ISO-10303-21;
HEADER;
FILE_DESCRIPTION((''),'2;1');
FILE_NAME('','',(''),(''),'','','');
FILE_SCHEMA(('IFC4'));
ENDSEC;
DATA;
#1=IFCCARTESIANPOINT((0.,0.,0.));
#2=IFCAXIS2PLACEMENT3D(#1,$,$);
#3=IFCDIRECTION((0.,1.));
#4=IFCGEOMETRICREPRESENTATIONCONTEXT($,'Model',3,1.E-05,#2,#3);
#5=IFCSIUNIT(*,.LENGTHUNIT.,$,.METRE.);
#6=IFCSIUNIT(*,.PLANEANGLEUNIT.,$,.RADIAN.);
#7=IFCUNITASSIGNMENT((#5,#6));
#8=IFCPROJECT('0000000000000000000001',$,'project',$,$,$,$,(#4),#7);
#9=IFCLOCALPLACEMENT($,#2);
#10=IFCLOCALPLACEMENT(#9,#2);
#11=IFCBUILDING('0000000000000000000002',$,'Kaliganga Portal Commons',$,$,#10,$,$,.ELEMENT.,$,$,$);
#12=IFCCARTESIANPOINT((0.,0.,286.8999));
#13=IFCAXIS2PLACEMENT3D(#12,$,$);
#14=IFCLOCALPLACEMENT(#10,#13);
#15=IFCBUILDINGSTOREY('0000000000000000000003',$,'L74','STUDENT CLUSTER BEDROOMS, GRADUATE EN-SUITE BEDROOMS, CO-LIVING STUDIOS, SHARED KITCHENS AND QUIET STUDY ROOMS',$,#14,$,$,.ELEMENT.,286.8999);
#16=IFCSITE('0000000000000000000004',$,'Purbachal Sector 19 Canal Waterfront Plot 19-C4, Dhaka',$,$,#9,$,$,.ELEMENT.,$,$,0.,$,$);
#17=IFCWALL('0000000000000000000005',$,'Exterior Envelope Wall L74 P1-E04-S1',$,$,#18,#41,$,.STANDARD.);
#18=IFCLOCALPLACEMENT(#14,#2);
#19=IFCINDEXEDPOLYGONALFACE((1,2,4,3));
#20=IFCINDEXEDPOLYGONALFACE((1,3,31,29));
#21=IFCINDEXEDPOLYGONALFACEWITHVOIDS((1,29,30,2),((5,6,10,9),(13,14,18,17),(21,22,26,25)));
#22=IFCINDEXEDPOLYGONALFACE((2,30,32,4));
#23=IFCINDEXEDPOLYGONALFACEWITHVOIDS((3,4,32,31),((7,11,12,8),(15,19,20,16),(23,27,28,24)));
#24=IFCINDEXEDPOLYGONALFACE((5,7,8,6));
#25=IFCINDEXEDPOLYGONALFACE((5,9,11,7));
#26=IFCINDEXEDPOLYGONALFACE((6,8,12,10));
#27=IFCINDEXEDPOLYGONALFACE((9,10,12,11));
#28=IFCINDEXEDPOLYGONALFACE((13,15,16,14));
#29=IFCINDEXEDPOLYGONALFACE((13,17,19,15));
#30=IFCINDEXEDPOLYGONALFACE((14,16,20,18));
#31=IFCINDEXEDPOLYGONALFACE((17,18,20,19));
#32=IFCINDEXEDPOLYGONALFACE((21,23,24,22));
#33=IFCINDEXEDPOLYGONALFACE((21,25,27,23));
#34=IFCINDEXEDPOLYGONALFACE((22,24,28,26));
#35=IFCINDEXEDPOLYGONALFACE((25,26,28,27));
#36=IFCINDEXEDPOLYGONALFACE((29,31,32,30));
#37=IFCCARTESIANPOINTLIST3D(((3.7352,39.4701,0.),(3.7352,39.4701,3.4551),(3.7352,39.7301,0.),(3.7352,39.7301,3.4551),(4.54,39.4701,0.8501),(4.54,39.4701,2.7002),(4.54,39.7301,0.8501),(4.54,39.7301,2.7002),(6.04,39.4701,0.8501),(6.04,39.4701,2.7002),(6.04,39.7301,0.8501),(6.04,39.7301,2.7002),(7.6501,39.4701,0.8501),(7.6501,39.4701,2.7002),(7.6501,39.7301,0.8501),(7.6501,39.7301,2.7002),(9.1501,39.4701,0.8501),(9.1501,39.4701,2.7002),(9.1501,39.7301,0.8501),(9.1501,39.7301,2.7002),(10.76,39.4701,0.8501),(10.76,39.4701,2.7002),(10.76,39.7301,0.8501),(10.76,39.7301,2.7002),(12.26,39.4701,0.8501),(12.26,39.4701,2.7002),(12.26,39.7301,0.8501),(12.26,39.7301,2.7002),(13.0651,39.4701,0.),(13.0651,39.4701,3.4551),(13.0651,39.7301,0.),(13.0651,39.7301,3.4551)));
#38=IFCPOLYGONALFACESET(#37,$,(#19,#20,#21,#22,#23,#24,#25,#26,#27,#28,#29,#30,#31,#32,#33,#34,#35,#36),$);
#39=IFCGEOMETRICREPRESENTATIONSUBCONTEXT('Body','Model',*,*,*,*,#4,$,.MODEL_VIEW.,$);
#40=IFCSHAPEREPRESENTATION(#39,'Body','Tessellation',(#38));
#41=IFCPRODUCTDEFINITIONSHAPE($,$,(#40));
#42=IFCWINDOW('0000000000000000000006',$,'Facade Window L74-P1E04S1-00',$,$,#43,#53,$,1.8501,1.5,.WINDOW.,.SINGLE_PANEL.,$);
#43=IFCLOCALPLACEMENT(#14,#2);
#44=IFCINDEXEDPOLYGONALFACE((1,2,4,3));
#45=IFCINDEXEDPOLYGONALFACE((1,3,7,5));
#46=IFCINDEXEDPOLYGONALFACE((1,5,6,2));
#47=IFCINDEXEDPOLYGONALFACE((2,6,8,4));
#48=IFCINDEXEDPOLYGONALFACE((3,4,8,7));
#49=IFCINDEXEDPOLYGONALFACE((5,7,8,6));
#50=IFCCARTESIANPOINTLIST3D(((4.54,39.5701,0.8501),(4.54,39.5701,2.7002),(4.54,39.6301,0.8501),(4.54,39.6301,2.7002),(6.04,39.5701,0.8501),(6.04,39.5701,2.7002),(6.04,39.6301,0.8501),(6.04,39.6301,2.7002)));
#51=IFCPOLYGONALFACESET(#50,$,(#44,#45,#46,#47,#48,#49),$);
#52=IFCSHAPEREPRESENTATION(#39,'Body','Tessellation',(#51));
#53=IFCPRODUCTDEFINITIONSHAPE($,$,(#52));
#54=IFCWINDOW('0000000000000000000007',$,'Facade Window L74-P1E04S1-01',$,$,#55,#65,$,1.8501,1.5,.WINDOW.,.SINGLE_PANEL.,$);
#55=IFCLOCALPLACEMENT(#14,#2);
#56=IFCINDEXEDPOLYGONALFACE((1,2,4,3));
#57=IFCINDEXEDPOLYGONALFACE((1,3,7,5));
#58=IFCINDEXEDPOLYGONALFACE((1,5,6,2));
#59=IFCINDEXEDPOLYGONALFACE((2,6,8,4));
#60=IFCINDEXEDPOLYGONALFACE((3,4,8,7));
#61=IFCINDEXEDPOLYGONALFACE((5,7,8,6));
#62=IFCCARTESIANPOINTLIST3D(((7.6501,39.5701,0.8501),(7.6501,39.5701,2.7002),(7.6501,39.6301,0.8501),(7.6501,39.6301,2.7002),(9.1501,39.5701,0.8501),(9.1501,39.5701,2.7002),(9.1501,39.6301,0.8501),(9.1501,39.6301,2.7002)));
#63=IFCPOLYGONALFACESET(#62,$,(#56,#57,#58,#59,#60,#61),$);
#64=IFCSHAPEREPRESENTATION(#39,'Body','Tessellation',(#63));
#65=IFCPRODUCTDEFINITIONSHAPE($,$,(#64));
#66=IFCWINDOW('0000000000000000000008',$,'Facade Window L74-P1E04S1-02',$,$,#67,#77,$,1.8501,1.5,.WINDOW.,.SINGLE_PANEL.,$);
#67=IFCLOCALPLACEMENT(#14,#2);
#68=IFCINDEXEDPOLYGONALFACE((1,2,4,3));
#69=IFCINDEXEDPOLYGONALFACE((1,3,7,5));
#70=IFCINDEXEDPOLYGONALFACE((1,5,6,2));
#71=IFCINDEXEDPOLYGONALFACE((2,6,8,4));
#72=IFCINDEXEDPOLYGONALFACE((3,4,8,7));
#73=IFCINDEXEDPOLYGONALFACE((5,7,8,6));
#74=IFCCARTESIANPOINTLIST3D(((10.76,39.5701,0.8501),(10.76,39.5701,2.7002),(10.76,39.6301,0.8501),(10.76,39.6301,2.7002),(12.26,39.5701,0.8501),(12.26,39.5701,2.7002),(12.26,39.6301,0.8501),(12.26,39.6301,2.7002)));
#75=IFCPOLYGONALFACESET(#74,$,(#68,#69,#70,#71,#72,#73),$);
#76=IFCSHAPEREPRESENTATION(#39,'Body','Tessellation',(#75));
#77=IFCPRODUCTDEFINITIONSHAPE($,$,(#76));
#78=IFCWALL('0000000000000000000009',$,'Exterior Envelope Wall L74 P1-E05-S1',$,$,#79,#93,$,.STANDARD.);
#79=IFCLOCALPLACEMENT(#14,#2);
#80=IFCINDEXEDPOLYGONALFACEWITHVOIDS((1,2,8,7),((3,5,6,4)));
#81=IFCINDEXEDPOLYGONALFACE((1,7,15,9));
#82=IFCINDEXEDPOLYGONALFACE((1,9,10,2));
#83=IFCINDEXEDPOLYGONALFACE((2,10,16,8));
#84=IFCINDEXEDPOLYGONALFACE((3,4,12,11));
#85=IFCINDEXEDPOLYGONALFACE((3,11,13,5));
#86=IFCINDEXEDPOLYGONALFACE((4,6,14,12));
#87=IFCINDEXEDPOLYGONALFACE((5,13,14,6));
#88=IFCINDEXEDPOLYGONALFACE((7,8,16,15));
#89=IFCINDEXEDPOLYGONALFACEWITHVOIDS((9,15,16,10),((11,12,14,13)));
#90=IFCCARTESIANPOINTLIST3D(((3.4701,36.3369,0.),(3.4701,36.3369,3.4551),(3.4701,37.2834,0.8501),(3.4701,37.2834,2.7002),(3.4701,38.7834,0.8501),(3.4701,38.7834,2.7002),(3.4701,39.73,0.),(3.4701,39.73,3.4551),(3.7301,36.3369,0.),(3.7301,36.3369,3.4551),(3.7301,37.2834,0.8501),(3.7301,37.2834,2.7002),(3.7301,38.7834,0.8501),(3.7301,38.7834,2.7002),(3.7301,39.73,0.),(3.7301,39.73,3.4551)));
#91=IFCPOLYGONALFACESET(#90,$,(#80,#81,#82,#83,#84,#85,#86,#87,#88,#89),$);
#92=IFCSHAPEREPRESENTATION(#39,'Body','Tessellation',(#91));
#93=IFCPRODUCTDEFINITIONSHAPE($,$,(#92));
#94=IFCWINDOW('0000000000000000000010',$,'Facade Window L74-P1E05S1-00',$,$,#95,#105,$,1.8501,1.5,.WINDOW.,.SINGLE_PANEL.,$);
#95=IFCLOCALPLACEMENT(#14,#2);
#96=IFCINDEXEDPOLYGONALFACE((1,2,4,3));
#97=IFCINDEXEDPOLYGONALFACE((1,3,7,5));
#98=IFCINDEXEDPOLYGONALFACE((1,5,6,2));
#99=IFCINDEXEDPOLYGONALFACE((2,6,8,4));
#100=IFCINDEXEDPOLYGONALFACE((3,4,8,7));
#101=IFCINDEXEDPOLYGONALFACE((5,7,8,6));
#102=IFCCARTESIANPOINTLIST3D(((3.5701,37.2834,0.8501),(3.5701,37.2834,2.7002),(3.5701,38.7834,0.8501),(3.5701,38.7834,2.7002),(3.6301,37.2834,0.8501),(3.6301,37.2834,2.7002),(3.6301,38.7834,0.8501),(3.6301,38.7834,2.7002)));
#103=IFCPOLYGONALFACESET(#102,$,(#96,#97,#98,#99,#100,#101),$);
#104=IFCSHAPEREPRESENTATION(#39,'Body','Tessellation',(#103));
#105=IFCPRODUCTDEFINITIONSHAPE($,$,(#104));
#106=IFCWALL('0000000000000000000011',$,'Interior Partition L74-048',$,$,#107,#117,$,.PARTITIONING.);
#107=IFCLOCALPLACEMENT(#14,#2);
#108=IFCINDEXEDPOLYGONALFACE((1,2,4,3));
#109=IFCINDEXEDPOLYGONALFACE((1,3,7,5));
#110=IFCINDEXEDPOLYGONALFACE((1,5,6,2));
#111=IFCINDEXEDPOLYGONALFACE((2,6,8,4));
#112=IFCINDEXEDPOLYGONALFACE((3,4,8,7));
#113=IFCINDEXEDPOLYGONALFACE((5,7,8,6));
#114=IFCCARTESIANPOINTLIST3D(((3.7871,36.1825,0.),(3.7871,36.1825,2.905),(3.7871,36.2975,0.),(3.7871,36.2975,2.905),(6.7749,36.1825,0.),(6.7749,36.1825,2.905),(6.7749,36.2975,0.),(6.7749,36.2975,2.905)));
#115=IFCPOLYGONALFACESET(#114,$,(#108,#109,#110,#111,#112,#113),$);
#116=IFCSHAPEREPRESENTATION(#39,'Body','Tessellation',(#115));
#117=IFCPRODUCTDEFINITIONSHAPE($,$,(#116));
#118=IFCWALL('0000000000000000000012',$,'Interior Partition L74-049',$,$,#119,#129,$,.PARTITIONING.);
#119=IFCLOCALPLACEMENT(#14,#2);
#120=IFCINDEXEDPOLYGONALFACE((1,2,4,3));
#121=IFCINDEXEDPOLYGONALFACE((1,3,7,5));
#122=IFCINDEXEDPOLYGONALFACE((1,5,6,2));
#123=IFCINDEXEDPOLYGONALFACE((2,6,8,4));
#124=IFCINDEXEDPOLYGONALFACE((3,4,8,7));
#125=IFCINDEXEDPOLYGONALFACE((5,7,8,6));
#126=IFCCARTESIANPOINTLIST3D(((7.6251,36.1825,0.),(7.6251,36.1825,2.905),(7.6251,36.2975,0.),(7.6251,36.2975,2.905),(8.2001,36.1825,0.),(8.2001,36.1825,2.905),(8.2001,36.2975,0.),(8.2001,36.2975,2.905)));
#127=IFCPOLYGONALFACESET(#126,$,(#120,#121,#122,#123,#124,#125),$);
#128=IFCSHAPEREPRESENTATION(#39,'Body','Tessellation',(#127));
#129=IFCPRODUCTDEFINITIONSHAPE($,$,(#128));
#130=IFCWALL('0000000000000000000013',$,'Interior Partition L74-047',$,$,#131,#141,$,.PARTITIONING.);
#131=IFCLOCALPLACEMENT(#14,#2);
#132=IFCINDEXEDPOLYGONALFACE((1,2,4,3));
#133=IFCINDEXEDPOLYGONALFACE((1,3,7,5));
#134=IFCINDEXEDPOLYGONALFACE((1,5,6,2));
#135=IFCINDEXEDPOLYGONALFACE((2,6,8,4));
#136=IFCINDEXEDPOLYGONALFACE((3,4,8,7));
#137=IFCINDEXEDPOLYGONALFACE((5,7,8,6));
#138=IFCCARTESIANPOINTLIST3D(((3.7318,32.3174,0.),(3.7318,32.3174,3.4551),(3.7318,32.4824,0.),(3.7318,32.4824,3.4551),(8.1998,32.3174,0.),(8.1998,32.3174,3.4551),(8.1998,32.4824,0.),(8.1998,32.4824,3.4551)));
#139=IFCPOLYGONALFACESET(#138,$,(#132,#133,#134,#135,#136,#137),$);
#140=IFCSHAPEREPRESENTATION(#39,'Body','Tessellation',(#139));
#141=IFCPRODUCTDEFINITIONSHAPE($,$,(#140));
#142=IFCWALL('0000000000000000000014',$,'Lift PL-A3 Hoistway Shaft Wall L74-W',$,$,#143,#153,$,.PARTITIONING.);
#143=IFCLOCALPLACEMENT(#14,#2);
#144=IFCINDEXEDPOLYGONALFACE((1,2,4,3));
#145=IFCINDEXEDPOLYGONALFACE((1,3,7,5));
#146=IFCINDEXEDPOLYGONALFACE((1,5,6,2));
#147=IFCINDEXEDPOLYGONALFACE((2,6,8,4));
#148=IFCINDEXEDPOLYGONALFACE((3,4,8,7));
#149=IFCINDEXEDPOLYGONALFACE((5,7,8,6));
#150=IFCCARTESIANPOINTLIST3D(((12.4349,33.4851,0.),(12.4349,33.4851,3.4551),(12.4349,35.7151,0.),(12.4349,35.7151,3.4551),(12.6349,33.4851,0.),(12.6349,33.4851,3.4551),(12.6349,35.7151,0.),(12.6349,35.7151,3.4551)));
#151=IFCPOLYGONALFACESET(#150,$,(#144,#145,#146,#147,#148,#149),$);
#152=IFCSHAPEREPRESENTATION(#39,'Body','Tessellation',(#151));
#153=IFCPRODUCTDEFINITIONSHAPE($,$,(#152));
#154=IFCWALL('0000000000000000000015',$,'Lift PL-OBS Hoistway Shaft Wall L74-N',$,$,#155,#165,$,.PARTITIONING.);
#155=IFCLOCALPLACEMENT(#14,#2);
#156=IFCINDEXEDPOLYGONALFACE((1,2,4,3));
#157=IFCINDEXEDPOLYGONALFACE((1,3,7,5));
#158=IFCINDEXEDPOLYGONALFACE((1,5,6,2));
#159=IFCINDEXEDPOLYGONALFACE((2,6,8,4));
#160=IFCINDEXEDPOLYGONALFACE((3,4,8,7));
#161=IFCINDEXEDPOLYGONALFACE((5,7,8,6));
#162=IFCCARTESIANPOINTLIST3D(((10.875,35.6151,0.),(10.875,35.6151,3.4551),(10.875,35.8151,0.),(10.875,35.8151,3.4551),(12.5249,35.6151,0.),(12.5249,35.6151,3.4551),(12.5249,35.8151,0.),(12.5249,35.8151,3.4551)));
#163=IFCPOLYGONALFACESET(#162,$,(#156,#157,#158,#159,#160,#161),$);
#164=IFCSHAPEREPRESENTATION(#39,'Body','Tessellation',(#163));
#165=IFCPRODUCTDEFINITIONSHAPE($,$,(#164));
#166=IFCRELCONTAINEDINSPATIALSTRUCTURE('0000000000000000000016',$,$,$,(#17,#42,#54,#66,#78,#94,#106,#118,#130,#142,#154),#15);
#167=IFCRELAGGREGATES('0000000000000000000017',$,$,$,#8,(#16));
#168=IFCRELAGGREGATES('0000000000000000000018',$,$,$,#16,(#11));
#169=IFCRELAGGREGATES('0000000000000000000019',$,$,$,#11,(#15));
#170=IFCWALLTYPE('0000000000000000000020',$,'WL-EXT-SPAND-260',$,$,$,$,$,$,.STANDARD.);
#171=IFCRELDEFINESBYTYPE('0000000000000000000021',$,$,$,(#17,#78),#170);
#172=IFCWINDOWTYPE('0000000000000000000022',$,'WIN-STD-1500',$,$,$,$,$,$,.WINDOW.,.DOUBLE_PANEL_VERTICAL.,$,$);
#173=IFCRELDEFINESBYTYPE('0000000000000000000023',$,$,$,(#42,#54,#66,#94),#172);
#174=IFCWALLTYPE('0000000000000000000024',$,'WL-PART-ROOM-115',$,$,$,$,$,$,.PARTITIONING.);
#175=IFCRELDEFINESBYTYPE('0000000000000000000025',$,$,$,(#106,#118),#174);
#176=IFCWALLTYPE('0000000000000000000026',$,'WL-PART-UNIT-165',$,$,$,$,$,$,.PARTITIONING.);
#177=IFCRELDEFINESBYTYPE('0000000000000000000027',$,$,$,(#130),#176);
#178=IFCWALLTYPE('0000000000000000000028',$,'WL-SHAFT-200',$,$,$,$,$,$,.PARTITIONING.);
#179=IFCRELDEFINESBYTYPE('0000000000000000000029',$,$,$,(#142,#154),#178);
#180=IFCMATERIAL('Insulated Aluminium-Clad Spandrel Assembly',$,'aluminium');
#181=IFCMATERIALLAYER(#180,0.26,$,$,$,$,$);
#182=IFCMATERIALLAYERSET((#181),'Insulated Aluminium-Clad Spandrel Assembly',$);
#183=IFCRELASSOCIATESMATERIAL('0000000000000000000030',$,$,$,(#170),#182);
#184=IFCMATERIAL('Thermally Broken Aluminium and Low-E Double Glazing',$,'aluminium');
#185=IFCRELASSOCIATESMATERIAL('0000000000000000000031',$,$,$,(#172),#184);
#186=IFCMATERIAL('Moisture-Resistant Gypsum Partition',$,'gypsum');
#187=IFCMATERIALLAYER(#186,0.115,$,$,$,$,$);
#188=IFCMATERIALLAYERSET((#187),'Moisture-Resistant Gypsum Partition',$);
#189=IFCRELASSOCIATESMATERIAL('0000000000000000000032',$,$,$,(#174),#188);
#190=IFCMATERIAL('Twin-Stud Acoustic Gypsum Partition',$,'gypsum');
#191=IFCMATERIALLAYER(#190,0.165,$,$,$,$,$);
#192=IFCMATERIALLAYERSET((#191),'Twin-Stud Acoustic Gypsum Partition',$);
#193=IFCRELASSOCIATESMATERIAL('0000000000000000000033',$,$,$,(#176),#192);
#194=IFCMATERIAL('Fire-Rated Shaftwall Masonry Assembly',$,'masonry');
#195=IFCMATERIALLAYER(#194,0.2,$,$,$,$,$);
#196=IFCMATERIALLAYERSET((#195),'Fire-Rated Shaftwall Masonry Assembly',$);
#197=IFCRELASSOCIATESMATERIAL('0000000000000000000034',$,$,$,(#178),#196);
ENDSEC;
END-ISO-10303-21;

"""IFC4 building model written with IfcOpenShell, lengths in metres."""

from ifc_helpers import new_model, si_unit, direction, frame, frame_2d, origin, place, context, subcontext, project, spatial, rectangle, extrude, material, layer, layer_set, type_object, element, fill, save


model = new_model("IFC4")

# Units and contexts
model_context = context("Model", 3, precision=1e-05, world=origin(), true_north=direction((0.0, 1.0)))
body_context = subcontext(model_context, "Body", "Model", "MODEL_VIEW")
ifc_project = project(units=[si_unit("LENGTHUNIT", "METRE"), si_unit("PLANEANGLEUNIT", "RADIAN")], contexts=[model_context])

# Site, building, storey
site_placement = place(None, origin())
site = spatial("IfcSite", under=ifc_project, at=site_placement, Name="Purbachal Sector 19 Canal Waterfront Plot 19-C4, Dhaka", CompositionType="ELEMENT", RefElevation=0.0)
building_placement = place(site_placement, origin())
building = spatial("IfcBuilding", under=site, at=building_placement, Name="Kaliganga Portal Commons", CompositionType="ELEMENT")
storey_placement = place(building_placement, frame((0.0, 0.0, 286.8999)))
storey = spatial("IfcBuildingStorey", under=building, at=storey_placement, Name="L74", Description="STUDENT CLUSTER BEDROOMS, GRADUATE EN-SUITE BEDROOMS, CO-LIVING STUDIOS, SHARED KITCHENS AND QUIET STUDY ROOMS", CompositionType="ELEMENT", Elevation=286.8999)

# Wall, openings, windows
ifc_material_1 = material(Name="Insulated Aluminium-Clad Spandrel Assembly", Category="aluminium")
ifc_layer_1 = layer(ifc_material_1, 0.26)
ifc_layer_set_1 = layer_set([ifc_layer_1], Name="Insulated Aluminium-Clad Spandrel Assembly")
wall_type_1 = type_object("IfcWallType", Name="WL-EXT-SPAND-260", PredefinedType="STANDARD", material=ifc_layer_set_1)
wall_1_placement = place(storey_placement, frame((3.7351, 39.6001, 0.0), z_axis=(0.0, 0.0, 1.0), x_axis=(1.0, 0.0, 0.0)))
wall_1 = element("IfcWall", 1, at=wall_1_placement, inside=storey, type_object=wall_type_1, Name="Exterior Envelope Wall L74 P1-E04-S1", PredefinedType="STANDARD", context=body_context, shape_type="SweptSolid", body=[
    extrude(rectangle(XDim=9.3298, YDim=0.26, at=frame_2d((4.665, 0.0))), origin(), (0.0, 0.0, 1.0), 3.4551),
])
opening_1_placement = place(wall_1_placement, frame((0.8049, 0.0, 0.8501)))
opening_1 = element("IfcOpeningElement", 2, at=opening_1_placement, cuts=wall_1, PredefinedType="OPENING", context=body_context, shape_type="SweptSolid", body=[
    extrude(rectangle(XDim=1.5, YDim=1.8501, at=frame_2d((0.75, 0.925))), frame((0.0, 0.1401, 0.0), z_axis=(0.0, -1.0, 0.0), x_axis=(1.0, 0.0, 0.0)), (0.0, 0.0, 1.0), 0.28),
])
opening_2_placement = place(wall_1_placement, frame((3.915, 0.0, 0.8501)))
opening_2 = element("IfcOpeningElement", 3, at=opening_2_placement, cuts=wall_1, PredefinedType="OPENING", context=body_context, shape_type="SweptSolid", body=[
    extrude(rectangle(XDim=1.5, YDim=1.8501, at=frame_2d((0.75, 0.925))), frame((0.0, 0.1401, 0.0), z_axis=(0.0, -1.0, 0.0), x_axis=(1.0, 0.0, 0.0)), (0.0, 0.0, 1.0), 0.28),
])
opening_3_placement = place(wall_1_placement, frame((7.0249, 0.0, 0.8501)))
opening_3 = element("IfcOpeningElement", 4, at=opening_3_placement, cuts=wall_1, PredefinedType="OPENING", context=body_context, shape_type="SweptSolid", body=[
    extrude(rectangle(XDim=1.5, YDim=1.8501, at=frame_2d((0.75, 0.925))), frame((0.0, 0.1401, 0.0), z_axis=(0.0, -1.0, 0.0), x_axis=(1.0, 0.0, 0.0)), (0.0, 0.0, 1.0), 0.28),
])
ifc_material_2 = material(Name="Thermally Broken Aluminium and Low-E Double Glazing", Category="aluminium")
window_type = type_object("IfcWindowType", Name="WIN-STD-1500", PartitioningType="DOUBLE_PANEL_VERTICAL", PredefinedType="WINDOW", material=ifc_material_2)
window_1_placement = place(opening_1_placement, origin())
window_1 = element("IfcWindow", 5, at=window_1_placement, inside=storey, type_object=window_type, Name="Facade Window L74-P1E04S1-00", OverallHeight=1.8501, OverallWidth=1.5, PartitioningType="SINGLE_PANEL", PredefinedType="WINDOW", context=body_context, shape_type="SweptSolid", body=[
    extrude(rectangle(XDim=1.5, YDim=1.8501, at=frame_2d((0.75, 0.925))), frame((0.0, 0.03, 0.0), z_axis=(0.0, -1.0, 0.0), x_axis=(1.0, 0.0, 0.0)), (0.0, 0.0, 1.0), 0.0601),
])
fill(opening_1, window_1)
window_2_placement = place(opening_2_placement, origin())
window_2 = element("IfcWindow", 6, at=window_2_placement, inside=storey, type_object=window_type, Name="Facade Window L74-P1E04S1-01", OverallHeight=1.8501, OverallWidth=1.5, PartitioningType="SINGLE_PANEL", PredefinedType="WINDOW", context=body_context, shape_type="SweptSolid", body=[
    extrude(rectangle(XDim=1.5, YDim=1.8501, at=frame_2d((0.75, 0.925))), frame((0.0, 0.03, 0.0), z_axis=(0.0, -1.0, 0.0), x_axis=(1.0, 0.0, 0.0)), (0.0, 0.0, 1.0), 0.0601),
])
fill(opening_2, window_2)
window_3_placement = place(opening_3_placement, origin())
window_3 = element("IfcWindow", 7, at=window_3_placement, inside=storey, type_object=window_type, Name="Facade Window L74-P1E04S1-02", OverallHeight=1.8501, OverallWidth=1.5, PartitioningType="SINGLE_PANEL", PredefinedType="WINDOW", context=body_context, shape_type="SweptSolid", body=[
    extrude(rectangle(XDim=1.5, YDim=1.8501, at=frame_2d((0.75, 0.925))), frame((0.0, 0.03, 0.0), z_axis=(0.0, -1.0, 0.0), x_axis=(1.0, 0.0, 0.0)), (0.0, 0.0, 1.0), 0.0601),
])
fill(opening_3, window_3)

# Wall, opening, window
wall_2_placement = place(storey_placement, frame((3.6001, 36.3369, 0.0), z_axis=(0.0, 0.0, 1.0), x_axis=(0.0, 1.0, 0.0)))
wall_2 = element("IfcWall", 8, at=wall_2_placement, inside=storey, type_object=wall_type_1, Name="Exterior Envelope Wall L74 P1-E05-S1", PredefinedType="STANDARD", context=body_context, shape_type="SweptSolid", body=[
    extrude(rectangle(XDim=3.3931, YDim=0.26, at=frame_2d((1.6965, 0.0))), origin(), (0.0, 0.0, 1.0), 3.4551),
])
opening_4_placement = place(wall_2_placement, frame((0.9465, 0.0, 0.8501)))
opening_4 = element("IfcOpeningElement", 9, at=opening_4_placement, cuts=wall_2, PredefinedType="OPENING", context=body_context, shape_type="SweptSolid", body=[
    extrude(rectangle(XDim=1.5, YDim=1.8501, at=frame_2d((0.75, 0.925))), frame((0.0, 0.1401, 0.0), z_axis=(0.0, -1.0, 0.0), x_axis=(1.0, 0.0, 0.0)), (0.0, 0.0, 1.0), 0.28),
])
window_4_placement = place(opening_4_placement, origin())
window_4 = element("IfcWindow", 10, at=window_4_placement, inside=storey, type_object=window_type, Name="Facade Window L74-P1E05S1-00", OverallHeight=1.8501, OverallWidth=1.5, PartitioningType="SINGLE_PANEL", PredefinedType="WINDOW", context=body_context, shape_type="SweptSolid", body=[
    extrude(rectangle(XDim=1.5, YDim=1.8501, at=frame_2d((0.75, 0.925))), frame((0.0, 0.03, 0.0), z_axis=(0.0, -1.0, 0.0), x_axis=(1.0, 0.0, 0.0)), (0.0, 0.0, 1.0), 0.0601),
])
fill(opening_4, window_4)

# Walls
ifc_material_3 = material(Name="Moisture-Resistant Gypsum Partition", Category="gypsum")
ifc_layer_2 = layer(ifc_material_3, 0.115)
ifc_layer_set_2 = layer_set([ifc_layer_2], Name="Moisture-Resistant Gypsum Partition")
wall_type_2 = type_object("IfcWallType", Name="WL-PART-ROOM-115", PredefinedType="PARTITIONING", material=ifc_layer_set_2)
wall_3_placement = place(storey_placement, frame((3.7871, 36.24, 0.0), z_axis=(0.0, 0.0, 1.0), x_axis=(1.0, 0.0, 0.0)))
element("IfcWall", 11, at=wall_3_placement, inside=storey, type_object=wall_type_2, Name="Interior Partition L74-048", PredefinedType="PARTITIONING", context=body_context, shape_type="SweptSolid", body=[
    extrude(rectangle(XDim=2.9878, YDim=0.115, at=frame_2d((1.4939, 0.0))), origin(), (0.0, 0.0, 1.0), 2.905),
])
wall_4_placement = place(storey_placement, frame((7.625, 36.24, 0.0), z_axis=(0.0, 0.0, 1.0), x_axis=(1.0, 0.0, 0.0)))
element("IfcWall", 12, at=wall_4_placement, inside=storey, type_object=wall_type_2, Name="Interior Partition L74-049", PredefinedType="PARTITIONING", context=body_context, shape_type="SweptSolid", body=[
    extrude(rectangle(XDim=0.575, YDim=0.115, at=frame_2d((0.2876, 0.0))), origin(), (0.0, 0.0, 1.0), 2.905),
])
ifc_material_4 = material(Name="Twin-Stud Acoustic Gypsum Partition", Category="gypsum")
ifc_layer_3 = layer(ifc_material_4, 0.165)
ifc_layer_set_3 = layer_set([ifc_layer_3], Name="Twin-Stud Acoustic Gypsum Partition")
wall_type_3 = type_object("IfcWallType", Name="WL-PART-UNIT-165", PredefinedType="PARTITIONING", material=ifc_layer_set_3)
wall_5_placement = place(storey_placement, frame((3.7319, 32.3999, 0.0), z_axis=(0.0, 0.0, 1.0), x_axis=(1.0, 0.0, 0.0)))
element("IfcWall", 13, at=wall_5_placement, inside=storey, type_object=wall_type_3, Name="Interior Partition L74-047", PredefinedType="PARTITIONING", context=body_context, shape_type="SweptSolid", body=[
    extrude(rectangle(XDim=4.468, YDim=0.165, at=frame_2d((2.2339, 0.0))), origin(), (0.0, 0.0, 1.0), 3.4551),
])

# Shared definitions
ifc_material_5 = material(Name="Fire-Rated Shaftwall Masonry Assembly", Category="masonry")
ifc_layer_4 = layer(ifc_material_5, 0.2)
ifc_layer_set_4 = layer_set([ifc_layer_4], Name="Fire-Rated Shaftwall Masonry Assembly")
wall_type_4 = type_object("IfcWallType", Name="WL-SHAFT-200", PredefinedType="PARTITIONING", material=ifc_layer_set_4)

# Wall
wall_6_placement = place(storey_placement, frame((12.5349, 33.4851, 0.0), z_axis=(0.0, 0.0, 1.0), x_axis=(0.0, 1.0, 0.0)))
element("IfcWall", 14, at=wall_6_placement, inside=storey, type_object=wall_type_4, Name="Lift PL-A3 Hoistway Shaft Wall L74-W", PredefinedType="PARTITIONING", context=body_context, shape_type="SweptSolid", body=[
    extrude(rectangle(XDim=2.23, YDim=0.2, at=frame_2d((1.115, 0.0))), origin(), (0.0, 0.0, 1.0), 3.4551),
])

# Wall
wall_7_placement = place(storey_placement, frame((10.875, 35.7151, 0.0), z_axis=(0.0, 0.0, 1.0), x_axis=(1.0, 0.0, 0.0)))
element("IfcWall", 15, at=wall_7_placement, inside=storey, type_object=wall_type_4, Name="Lift PL-OBS Hoistway Shaft Wall L74-N", PredefinedType="PARTITIONING", context=body_context, shape_type="SweptSolid", body=[
    extrude(rectangle(XDim=1.6499, YDim=0.2, at=frame_2d((0.825, 0.0))), origin(), (0.0, 0.0, 1.0), 3.4551),
])

save(model, "model.ifc")
